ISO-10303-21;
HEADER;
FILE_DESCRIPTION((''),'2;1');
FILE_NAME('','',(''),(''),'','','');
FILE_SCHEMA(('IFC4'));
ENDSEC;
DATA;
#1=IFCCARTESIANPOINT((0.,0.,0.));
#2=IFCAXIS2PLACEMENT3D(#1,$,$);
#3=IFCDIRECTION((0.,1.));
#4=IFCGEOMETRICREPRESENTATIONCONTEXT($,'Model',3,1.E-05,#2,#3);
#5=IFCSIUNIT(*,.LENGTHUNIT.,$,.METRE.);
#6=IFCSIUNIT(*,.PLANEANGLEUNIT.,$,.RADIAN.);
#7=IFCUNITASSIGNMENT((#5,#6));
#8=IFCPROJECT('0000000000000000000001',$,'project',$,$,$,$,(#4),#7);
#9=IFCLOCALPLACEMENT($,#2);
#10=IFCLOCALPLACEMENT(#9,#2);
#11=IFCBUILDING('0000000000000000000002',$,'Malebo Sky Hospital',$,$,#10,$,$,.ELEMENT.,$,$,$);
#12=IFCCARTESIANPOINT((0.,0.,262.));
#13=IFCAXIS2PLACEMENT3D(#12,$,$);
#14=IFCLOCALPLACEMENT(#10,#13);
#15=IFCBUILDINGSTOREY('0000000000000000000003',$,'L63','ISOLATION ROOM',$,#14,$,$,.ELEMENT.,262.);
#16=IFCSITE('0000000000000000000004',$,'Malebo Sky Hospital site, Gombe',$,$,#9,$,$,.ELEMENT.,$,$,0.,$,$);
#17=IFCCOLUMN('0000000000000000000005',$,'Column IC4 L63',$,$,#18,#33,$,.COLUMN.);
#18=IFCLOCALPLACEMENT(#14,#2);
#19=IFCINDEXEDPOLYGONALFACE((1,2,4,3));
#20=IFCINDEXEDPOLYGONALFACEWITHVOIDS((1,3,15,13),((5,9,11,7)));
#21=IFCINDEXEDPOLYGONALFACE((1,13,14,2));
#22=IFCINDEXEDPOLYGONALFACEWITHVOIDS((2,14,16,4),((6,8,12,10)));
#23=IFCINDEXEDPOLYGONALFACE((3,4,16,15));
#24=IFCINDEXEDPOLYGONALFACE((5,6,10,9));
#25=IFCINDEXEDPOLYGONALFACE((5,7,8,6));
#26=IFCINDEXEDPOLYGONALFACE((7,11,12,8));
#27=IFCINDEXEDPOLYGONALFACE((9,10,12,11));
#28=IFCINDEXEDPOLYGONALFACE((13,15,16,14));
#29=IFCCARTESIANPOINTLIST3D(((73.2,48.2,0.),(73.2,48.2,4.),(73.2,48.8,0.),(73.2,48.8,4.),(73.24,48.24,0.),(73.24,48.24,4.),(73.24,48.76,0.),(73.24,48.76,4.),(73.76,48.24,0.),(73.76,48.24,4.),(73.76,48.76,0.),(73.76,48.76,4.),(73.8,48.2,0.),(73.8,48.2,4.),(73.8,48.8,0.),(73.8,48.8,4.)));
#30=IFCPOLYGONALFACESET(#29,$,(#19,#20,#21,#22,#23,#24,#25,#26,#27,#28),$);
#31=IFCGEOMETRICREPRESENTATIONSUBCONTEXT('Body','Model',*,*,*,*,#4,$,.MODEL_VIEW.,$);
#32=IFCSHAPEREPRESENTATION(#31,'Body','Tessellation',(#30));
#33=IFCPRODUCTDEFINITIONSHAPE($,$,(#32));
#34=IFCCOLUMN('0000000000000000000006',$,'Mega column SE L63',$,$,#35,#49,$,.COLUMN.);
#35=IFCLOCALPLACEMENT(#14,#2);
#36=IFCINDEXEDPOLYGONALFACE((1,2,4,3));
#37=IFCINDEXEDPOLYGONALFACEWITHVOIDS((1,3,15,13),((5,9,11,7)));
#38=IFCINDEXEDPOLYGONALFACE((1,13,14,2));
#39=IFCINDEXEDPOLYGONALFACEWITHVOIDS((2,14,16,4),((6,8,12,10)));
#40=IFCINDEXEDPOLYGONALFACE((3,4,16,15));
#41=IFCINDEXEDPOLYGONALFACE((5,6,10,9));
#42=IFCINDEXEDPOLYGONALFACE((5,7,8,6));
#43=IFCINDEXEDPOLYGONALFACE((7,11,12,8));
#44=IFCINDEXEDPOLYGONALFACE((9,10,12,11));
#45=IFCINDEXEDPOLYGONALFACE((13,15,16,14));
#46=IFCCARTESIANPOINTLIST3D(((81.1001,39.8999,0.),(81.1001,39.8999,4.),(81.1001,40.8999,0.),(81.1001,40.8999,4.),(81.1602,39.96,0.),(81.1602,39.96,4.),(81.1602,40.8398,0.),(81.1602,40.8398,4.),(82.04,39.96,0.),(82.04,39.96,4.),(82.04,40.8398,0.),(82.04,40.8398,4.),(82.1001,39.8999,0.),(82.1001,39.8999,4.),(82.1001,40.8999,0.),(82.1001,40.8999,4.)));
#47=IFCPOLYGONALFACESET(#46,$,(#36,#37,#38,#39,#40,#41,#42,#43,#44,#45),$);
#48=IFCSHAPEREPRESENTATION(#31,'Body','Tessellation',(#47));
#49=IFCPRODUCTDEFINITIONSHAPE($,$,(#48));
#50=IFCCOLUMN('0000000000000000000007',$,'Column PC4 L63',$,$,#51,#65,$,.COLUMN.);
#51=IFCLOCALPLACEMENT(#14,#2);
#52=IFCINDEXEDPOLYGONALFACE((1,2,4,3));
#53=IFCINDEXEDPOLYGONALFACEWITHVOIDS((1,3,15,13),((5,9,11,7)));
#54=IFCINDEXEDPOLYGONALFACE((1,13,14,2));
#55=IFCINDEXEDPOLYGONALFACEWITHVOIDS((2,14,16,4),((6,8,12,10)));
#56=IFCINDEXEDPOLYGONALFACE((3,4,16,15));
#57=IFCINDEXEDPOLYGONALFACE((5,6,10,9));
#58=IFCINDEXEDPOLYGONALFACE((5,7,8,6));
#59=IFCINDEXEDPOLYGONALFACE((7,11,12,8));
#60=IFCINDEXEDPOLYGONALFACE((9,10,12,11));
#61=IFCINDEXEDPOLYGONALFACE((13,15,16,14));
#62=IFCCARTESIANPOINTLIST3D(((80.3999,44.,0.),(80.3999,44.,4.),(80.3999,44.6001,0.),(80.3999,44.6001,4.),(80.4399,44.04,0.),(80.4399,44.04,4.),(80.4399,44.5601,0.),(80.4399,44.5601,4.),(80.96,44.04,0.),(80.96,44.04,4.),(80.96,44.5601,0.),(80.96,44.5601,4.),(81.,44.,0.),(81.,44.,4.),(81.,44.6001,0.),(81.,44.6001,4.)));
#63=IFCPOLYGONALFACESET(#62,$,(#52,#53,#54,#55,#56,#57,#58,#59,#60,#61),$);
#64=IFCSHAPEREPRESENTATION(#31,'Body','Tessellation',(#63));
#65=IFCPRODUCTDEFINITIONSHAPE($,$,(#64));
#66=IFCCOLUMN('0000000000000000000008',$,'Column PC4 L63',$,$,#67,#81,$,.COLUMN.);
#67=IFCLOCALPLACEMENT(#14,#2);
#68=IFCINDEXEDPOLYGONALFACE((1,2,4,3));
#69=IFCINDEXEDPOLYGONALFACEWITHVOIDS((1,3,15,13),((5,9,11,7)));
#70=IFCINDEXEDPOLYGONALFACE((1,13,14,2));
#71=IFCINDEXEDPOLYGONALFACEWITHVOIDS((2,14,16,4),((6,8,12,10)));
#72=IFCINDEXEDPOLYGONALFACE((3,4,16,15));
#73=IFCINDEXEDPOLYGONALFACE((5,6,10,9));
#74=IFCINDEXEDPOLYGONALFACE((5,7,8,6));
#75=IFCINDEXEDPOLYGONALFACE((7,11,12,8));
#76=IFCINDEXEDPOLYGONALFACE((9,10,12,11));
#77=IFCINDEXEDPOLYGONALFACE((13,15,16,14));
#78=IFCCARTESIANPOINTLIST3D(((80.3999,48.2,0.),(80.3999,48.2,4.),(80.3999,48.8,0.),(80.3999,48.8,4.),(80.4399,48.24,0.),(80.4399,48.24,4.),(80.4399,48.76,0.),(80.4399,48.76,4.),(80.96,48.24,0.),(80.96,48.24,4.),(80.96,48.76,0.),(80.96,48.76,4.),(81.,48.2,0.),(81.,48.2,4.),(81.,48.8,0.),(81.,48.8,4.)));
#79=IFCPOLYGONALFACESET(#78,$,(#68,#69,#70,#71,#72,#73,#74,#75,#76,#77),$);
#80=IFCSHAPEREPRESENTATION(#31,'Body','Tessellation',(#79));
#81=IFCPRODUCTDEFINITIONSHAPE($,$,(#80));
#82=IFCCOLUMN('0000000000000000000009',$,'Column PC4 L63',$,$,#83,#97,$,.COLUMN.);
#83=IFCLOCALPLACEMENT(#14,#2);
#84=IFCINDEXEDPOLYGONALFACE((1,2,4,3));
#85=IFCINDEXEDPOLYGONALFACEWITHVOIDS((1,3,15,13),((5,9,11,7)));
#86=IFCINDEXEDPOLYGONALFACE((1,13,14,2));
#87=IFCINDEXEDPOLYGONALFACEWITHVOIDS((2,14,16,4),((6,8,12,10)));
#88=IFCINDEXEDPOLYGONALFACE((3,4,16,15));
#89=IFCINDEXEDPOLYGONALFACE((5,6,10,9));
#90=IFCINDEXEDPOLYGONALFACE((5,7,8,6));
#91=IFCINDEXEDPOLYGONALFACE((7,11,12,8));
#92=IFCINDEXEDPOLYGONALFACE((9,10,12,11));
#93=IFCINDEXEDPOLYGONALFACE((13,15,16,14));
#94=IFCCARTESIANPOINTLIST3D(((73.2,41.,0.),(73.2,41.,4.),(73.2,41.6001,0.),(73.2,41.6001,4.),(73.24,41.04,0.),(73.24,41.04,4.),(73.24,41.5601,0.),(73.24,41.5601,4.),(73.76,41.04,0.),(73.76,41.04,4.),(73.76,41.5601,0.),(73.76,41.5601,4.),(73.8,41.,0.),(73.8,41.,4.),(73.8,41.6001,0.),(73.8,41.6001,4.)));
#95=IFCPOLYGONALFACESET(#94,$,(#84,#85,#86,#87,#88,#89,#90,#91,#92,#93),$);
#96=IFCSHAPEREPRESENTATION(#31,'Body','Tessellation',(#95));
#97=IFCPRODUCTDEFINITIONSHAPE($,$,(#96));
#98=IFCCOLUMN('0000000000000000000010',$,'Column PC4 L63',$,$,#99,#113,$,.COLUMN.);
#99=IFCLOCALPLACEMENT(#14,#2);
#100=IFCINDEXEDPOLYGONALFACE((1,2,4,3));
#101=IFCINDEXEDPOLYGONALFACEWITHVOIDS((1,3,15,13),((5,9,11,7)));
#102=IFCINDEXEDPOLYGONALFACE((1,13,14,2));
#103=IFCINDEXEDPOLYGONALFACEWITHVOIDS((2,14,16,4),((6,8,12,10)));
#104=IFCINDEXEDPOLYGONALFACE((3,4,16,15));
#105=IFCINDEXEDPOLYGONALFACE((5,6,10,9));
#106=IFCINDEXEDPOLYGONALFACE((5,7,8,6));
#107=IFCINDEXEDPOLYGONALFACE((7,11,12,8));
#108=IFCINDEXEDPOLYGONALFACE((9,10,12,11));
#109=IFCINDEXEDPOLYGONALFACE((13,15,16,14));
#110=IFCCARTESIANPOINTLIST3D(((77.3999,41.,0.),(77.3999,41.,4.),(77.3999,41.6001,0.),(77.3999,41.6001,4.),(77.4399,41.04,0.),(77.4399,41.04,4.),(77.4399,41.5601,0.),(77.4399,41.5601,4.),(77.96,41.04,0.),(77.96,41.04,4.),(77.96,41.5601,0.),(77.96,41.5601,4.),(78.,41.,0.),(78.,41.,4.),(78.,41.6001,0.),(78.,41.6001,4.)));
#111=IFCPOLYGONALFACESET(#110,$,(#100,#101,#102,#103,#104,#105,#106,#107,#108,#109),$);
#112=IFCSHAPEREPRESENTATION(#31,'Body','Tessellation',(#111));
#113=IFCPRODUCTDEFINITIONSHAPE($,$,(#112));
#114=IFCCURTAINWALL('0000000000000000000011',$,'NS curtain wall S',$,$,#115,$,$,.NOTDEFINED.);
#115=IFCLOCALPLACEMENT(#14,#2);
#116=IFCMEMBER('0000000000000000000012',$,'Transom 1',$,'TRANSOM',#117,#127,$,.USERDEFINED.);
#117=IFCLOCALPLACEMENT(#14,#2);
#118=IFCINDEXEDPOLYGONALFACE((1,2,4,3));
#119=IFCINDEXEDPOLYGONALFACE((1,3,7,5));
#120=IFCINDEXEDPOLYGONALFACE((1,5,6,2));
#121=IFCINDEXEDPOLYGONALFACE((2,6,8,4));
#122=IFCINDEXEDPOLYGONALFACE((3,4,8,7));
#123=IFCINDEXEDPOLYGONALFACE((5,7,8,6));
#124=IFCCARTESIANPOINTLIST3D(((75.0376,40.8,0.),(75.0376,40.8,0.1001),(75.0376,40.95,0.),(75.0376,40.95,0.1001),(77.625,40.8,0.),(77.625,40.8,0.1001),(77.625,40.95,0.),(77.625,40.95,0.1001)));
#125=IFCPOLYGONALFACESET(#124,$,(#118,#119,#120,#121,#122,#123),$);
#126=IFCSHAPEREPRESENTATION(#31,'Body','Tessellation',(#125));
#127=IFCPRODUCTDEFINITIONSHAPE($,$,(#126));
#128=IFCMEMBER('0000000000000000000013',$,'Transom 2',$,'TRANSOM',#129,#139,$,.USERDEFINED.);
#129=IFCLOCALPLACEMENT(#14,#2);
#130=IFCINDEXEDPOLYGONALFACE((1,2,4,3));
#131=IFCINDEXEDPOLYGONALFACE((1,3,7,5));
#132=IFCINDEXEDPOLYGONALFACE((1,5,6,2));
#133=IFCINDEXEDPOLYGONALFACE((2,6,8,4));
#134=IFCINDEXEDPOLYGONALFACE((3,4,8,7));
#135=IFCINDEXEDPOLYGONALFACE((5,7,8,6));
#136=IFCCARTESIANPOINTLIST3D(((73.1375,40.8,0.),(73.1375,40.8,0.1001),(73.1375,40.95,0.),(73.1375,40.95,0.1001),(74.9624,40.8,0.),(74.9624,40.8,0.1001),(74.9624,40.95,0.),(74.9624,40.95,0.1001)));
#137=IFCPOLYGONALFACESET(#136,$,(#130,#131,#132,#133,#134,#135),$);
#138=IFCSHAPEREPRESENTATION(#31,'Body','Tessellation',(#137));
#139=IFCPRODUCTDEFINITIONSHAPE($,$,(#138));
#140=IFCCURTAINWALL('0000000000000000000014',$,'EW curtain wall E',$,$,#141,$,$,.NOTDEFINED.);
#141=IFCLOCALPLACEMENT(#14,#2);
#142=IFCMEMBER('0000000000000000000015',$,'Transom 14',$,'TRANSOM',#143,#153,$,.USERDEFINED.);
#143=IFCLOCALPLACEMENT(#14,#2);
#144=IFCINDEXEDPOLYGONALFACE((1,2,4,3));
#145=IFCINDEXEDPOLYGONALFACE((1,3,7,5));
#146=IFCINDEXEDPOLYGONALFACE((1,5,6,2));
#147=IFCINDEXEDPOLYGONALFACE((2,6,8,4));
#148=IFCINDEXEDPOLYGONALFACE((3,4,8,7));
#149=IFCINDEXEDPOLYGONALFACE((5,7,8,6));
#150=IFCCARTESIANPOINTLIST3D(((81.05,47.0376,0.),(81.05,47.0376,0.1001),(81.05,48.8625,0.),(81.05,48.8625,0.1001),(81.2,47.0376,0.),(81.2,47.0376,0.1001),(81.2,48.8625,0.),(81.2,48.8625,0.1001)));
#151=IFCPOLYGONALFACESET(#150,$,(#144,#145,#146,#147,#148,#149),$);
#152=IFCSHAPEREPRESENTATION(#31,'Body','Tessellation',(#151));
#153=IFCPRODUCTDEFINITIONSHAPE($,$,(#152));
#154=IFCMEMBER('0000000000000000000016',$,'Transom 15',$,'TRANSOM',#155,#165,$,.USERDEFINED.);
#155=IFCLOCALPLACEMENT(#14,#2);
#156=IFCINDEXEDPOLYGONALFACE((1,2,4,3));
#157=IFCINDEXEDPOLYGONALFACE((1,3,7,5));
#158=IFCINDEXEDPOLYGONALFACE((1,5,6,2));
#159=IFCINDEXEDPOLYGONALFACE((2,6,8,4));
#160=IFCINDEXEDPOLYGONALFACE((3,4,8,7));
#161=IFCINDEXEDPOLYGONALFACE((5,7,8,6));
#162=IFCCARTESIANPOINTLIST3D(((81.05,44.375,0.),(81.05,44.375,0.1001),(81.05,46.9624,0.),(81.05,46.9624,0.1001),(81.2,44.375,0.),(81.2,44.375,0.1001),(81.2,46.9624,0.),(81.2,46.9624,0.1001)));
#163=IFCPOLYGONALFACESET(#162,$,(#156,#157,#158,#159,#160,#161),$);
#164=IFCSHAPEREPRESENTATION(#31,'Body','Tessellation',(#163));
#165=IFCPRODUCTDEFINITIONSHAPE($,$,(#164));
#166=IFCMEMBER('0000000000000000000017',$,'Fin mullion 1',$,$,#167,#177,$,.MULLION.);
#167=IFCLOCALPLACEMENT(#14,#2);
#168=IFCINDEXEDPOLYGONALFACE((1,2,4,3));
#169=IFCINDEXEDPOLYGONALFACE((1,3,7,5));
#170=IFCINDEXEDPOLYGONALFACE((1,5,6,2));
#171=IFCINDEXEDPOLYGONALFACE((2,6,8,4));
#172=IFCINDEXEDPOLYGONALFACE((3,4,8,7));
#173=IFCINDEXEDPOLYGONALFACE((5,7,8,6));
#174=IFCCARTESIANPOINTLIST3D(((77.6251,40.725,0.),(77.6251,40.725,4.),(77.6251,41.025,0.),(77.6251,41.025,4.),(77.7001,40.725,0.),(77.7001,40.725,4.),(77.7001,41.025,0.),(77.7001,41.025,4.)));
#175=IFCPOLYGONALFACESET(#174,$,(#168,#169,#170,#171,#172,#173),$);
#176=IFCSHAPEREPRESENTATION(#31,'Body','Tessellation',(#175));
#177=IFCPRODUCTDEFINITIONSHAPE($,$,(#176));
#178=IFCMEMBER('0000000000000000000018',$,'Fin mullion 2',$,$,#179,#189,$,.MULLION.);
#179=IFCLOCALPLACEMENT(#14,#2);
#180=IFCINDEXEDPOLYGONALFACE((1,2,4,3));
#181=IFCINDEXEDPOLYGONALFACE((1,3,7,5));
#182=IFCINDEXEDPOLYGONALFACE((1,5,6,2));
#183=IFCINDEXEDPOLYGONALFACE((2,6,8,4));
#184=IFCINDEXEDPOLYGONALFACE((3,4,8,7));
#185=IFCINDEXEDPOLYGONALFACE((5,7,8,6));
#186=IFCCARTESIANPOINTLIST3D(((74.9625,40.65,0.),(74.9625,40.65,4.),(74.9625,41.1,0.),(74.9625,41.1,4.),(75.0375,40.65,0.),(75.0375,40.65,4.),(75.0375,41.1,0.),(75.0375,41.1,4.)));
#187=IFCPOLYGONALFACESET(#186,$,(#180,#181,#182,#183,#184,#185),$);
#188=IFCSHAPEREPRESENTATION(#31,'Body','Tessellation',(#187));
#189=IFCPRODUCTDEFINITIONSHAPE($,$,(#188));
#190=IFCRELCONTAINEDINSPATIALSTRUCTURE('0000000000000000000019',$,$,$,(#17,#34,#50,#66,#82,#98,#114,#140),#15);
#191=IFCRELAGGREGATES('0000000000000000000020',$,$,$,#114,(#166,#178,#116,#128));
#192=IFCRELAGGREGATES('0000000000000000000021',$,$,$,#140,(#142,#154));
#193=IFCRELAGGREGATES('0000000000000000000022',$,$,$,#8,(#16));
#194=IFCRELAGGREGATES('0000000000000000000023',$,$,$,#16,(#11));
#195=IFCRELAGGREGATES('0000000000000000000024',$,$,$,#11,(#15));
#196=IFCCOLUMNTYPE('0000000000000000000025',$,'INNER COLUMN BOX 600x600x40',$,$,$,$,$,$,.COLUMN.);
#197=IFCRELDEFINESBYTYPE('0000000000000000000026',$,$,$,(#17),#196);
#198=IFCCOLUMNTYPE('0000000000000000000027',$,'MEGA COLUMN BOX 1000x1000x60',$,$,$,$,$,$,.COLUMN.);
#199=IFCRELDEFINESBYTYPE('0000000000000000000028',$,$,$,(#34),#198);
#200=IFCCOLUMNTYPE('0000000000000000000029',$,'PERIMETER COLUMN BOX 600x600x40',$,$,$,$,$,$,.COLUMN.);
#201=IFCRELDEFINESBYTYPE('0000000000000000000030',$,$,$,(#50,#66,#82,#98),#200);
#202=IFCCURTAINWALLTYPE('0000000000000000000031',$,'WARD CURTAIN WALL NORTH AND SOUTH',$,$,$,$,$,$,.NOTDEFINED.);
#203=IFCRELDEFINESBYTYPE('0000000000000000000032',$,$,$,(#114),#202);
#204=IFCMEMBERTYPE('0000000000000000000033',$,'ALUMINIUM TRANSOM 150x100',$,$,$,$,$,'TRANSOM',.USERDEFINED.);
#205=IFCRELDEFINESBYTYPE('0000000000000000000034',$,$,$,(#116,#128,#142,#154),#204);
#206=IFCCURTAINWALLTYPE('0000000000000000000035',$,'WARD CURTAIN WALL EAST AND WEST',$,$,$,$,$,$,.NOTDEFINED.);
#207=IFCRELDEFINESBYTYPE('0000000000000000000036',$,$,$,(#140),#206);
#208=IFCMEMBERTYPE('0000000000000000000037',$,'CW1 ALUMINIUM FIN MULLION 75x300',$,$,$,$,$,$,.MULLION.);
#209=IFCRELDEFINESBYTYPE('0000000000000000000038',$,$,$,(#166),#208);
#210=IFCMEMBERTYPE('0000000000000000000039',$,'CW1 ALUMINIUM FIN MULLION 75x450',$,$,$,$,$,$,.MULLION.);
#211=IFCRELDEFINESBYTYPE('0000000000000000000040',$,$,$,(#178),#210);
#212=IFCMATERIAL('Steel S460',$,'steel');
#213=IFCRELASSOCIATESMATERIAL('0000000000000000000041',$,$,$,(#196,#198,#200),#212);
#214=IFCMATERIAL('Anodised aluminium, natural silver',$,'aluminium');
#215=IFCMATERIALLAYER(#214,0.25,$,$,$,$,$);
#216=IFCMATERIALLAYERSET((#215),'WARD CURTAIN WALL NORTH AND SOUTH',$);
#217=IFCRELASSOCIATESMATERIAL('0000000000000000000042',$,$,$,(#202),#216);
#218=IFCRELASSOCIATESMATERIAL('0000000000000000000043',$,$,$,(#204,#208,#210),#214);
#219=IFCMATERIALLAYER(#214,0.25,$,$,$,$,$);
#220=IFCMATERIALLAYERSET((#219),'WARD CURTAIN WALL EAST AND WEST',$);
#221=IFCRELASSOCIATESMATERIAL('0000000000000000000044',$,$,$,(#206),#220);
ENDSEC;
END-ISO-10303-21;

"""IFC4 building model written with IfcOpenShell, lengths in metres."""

from ifc_helpers import new_model, si_unit, direction, frame, origin, origin_2d, place, context, subcontext, project, spatial, rectangle, hollow_rectangle, extrude, material, layer, layer_set, material_profile, profile_set, type_object, element, aggregate, save


model = new_model("IFC4")

# Units and contexts
model_context = context("Model", 3, precision=1e-05, world=origin(), true_north=direction((0.0, 1.0)))
body_context = subcontext(model_context, "Body", "Model", "MODEL_VIEW")
ifc_project = project(units=[si_unit("LENGTHUNIT", "METRE"), si_unit("PLANEANGLEUNIT", "RADIAN")], contexts=[model_context])

# Site, building, storey
site_placement = place(None, origin())
site = spatial("IfcSite", under=ifc_project, at=site_placement, Name="Malebo Sky Hospital site, Gombe", CompositionType="ELEMENT", RefElevation=0.0)
building_placement = place(site_placement, origin())
building = spatial("IfcBuilding", under=site, at=building_placement, Name="Malebo Sky Hospital", CompositionType="ELEMENT")
storey_placement = place(building_placement, frame((0.0, 0.0, 262.0)))
storey = spatial("IfcBuildingStorey", under=building, at=storey_placement, Name="L63", Description="ISOLATION ROOM", CompositionType="ELEMENT", Elevation=262.0)

# Columns
ifc_material_1 = material(Name="Steel S460", Category="steel")
ifc_material_profile_1 = material_profile(ifc_material_1, hollow_rectangle(XDim=0.6001, YDim=0.6001, WallThickness=0.04, at=origin_2d()), Name="BOX 600x600x40")
ifc_profile_set_1 = profile_set([ifc_material_profile_1], Name="Steel S460")
column_type_1 = type_object("IfcColumnType", Name="INNER COLUMN BOX 600x600x40", PredefinedType="COLUMN", material=ifc_profile_set_1)
column_1_placement = place(storey_placement, frame((73.5, 48.5, 0.0), z_axis=(0.0, 0.0, 1.0), x_axis=(1.0, 0.0, 0.0)))
element("IfcColumn", 1, at=column_1_placement, inside=storey, type_object=column_type_1, Name="Column IC4 L63", PredefinedType="COLUMN", context=body_context, shape_type="SweptSolid", body=[
    extrude(hollow_rectangle(XDim=0.6001, YDim=0.6001, WallThickness=0.04, at=origin_2d()), origin(), (0.0, 0.0, 1.0), 4.0),
])
ifc_material_profile_2 = material_profile(ifc_material_1, hollow_rectangle(XDim=1.0, YDim=1.0, WallThickness=0.0601, at=origin_2d()), Name="BOX 1000x1000x60")
ifc_profile_set_2 = profile_set([ifc_material_profile_2], Name="Steel S460")
column_type_2 = type_object("IfcColumnType", Name="MEGA COLUMN BOX 1000x1000x60", PredefinedType="COLUMN", material=ifc_profile_set_2)
column_2_placement = place(storey_placement, frame((81.6001, 40.3999, 0.0), z_axis=(0.0, 0.0, 1.0), x_axis=(1.0, 0.0, 0.0)))
element("IfcColumn", 2, at=column_2_placement, inside=storey, type_object=column_type_2, Name="Mega column SE L63", PredefinedType="COLUMN", context=body_context, shape_type="SweptSolid", body=[
    extrude(hollow_rectangle(XDim=1.0, YDim=1.0, WallThickness=0.0601, at=origin_2d()), origin(), (0.0, 0.0, 1.0), 4.0),
])
ifc_material_profile_3 = material_profile(ifc_material_1, hollow_rectangle(XDim=0.6001, YDim=0.6001, WallThickness=0.04, at=origin_2d()), Name="BOX 600x600x40")
ifc_profile_set_3 = profile_set([ifc_material_profile_3], Name="Steel S460")
column_type_3 = type_object("IfcColumnType", Name="PERIMETER COLUMN BOX 600x600x40", PredefinedType="COLUMN", material=ifc_profile_set_3)
for number, where, z_axis, x_axis, name in (
    (3, (80.7, 44.3, 0.0), (0.0, 0.0, 1.0), (1.0, 0.0, 0.0), "Column PC4 L63"),
    (4, (80.7, 48.5, 0.0), (0.0, 0.0, 1.0), (1.0, 0.0, 0.0), "Column PC4 L63"),
    (5, (73.5, 41.3, 0.0), (0.0, 0.0, 1.0), (1.0, 0.0, 0.0), "Column PC4 L63"),
    (6, (77.7, 41.3, 0.0), (0.0, 0.0, 1.0), (1.0, 0.0, 0.0), "Column PC4 L63"),
):
    element("IfcColumn", number, at=place(storey_placement, frame(where, z_axis=z_axis, x_axis=x_axis)), inside=storey, type_object=column_type_3, Name=name, PredefinedType="COLUMN", context=body_context, shape_type="SweptSolid", body=[
        extrude(hollow_rectangle(XDim=0.6001, YDim=0.6001, WallThickness=0.04, at=origin_2d()), origin(), (0.0, 0.0, 1.0), 4.0),
    ])

# Curtain walls, members
ifc_material_2 = material(Name="Anodised aluminium, natural silver", Category="aluminium")
ifc_layer_1 = layer(ifc_material_2, 0.25)
ifc_layer_set_1 = layer_set([ifc_layer_1], Name="WARD CURTAIN WALL NORTH AND SOUTH")
curtain_wall_type_1 = type_object("IfcCurtainWallType", Name="WARD CURTAIN WALL NORTH AND SOUTH", PredefinedType="NOTDEFINED", material=ifc_layer_set_1)
curtain_wall_1_placement = place(storey_placement, origin())
curtain_wall_1 = element("IfcCurtainWall", 7, at=curtain_wall_1_placement, inside=storey, type_object=curtain_wall_type_1, Name="NS curtain wall S", PredefinedType="NOTDEFINED")
ifc_material_profile_4 = material_profile(ifc_material_2, rectangle(XDim=0.1499, YDim=0.1001, at=origin_2d()), Name="ALUMINIUM TRANSOM 150x100")
ifc_profile_set_4 = profile_set([ifc_material_profile_4], Name="Anodised aluminium, natural silver")
member_type_1 = type_object("IfcMemberType", Name="ALUMINIUM TRANSOM 150x100", ElementType="TRANSOM", PredefinedType="USERDEFINED", material=ifc_profile_set_4)
member_1_placement = place(storey_placement, frame((77.625, 40.875, 0.05), z_axis=(-1.0, 0.0, 0.0), x_axis=(0.0, -1.0, 0.0)))
member_1 = element("IfcMember", 8, at=member_1_placement, type_object=member_type_1, Name="Transom 1", ObjectType="TRANSOM", PredefinedType="USERDEFINED", context=body_context, shape_type="SweptSolid", body=[
    extrude(rectangle(XDim=0.1499, YDim=0.1001, at=origin_2d()), origin(), (0.0, 0.0, 1.0), 2.5874),
])
member_2_placement = place(storey_placement, frame((74.9624, 40.875, 0.05), z_axis=(-1.0, 0.0, 0.0), x_axis=(0.0, -1.0, 0.0)))
member_2 = element("IfcMember", 9, at=member_2_placement, type_object=member_type_1, Name="Transom 2", ObjectType="TRANSOM", PredefinedType="USERDEFINED", context=body_context, shape_type="SweptSolid", body=[
    extrude(rectangle(XDim=0.1499, YDim=0.1001, at=origin_2d()), origin(), (0.0, 0.0, 1.0), 1.825),
])
ifc_layer_2 = layer(ifc_material_2, 0.25)
ifc_layer_set_2 = layer_set([ifc_layer_2], Name="WARD CURTAIN WALL EAST AND WEST")
curtain_wall_type_2 = type_object("IfcCurtainWallType", Name="WARD CURTAIN WALL EAST AND WEST", PredefinedType="NOTDEFINED", material=ifc_layer_set_2)
curtain_wall_2_placement = place(storey_placement, origin())
curtain_wall_2 = element("IfcCurtainWall", 10, at=curtain_wall_2_placement, inside=storey, type_object=curtain_wall_type_2, Name="EW curtain wall E", PredefinedType="NOTDEFINED")
member_3_placement = place(storey_placement, frame((81.125, 48.8625, 0.05), z_axis=(0.0, -1.0, 0.0), x_axis=(1.0, 0.0, 0.0)))
member_3 = element("IfcMember", 11, at=member_3_placement, type_object=member_type_1, Name="Transom 14", ObjectType="TRANSOM", PredefinedType="USERDEFINED", context=body_context, shape_type="SweptSolid", body=[
    extrude(rectangle(XDim=0.1499, YDim=0.1001, at=origin_2d()), origin(), (0.0, 0.0, 1.0), 1.825),
])
member_4_placement = place(storey_placement, frame((81.125, 46.9624, 0.05), z_axis=(0.0, -1.0, 0.0), x_axis=(1.0, 0.0, 0.0)))
member_4 = element("IfcMember", 12, at=member_4_placement, type_object=member_type_1, Name="Transom 15", ObjectType="TRANSOM", PredefinedType="USERDEFINED", context=body_context, shape_type="SweptSolid", body=[
    extrude(rectangle(XDim=0.1499, YDim=0.1001, at=origin_2d()), origin(), (0.0, 0.0, 1.0), 2.5874),
])

# Members
ifc_material_profile_5 = material_profile(ifc_material_2, rectangle(XDim=0.075, YDim=0.3, at=origin_2d()), Name="CW1 ALUMINIUM FIN MULLION 75x300")
ifc_profile_set_5 = profile_set([ifc_material_profile_5], Name="Anodised aluminium, natural silver")
member_type_2 = type_object("IfcMemberType", Name="CW1 ALUMINIUM FIN MULLION 75x300", PredefinedType="MULLION", material=ifc_profile_set_5)
member_5_placement = place(storey_placement, frame((77.6626, 40.875, 0.0), z_axis=(0.0, 0.0, 1.0), x_axis=(-1.0, 0.0, 0.0)))
member_5 = element("IfcMember", 13, at=member_5_placement, type_object=member_type_2, Name="Fin mullion 1", PredefinedType="MULLION", context=body_context, shape_type="SweptSolid", body=[
    extrude(rectangle(XDim=0.075, YDim=0.3, at=origin_2d()), origin(), (0.0, 0.0, 1.0), 4.0),
])
ifc_material_profile_6 = material_profile(ifc_material_2, rectangle(XDim=0.075, YDim=0.45, at=origin_2d()), Name="CW1 ALUMINIUM FIN MULLION 75x450")
ifc_profile_set_6 = profile_set([ifc_material_profile_6], Name="Anodised aluminium, natural silver")
member_type_3 = type_object("IfcMemberType", Name="CW1 ALUMINIUM FIN MULLION 75x450", PredefinedType="MULLION", material=ifc_profile_set_6)
member_6_placement = place(storey_placement, frame((75.0, 40.875, 0.0), z_axis=(0.0, 0.0, 1.0), x_axis=(-1.0, 0.0, 0.0)))
member_6 = element("IfcMember", 14, at=member_6_placement, type_object=member_type_3, Name="Fin mullion 2", PredefinedType="MULLION", context=body_context, shape_type="SweptSolid", body=[
    extrude(rectangle(XDim=0.075, YDim=0.45, at=origin_2d()), origin(), (0.0, 0.0, 1.0), 4.0),
])

aggregate(curtain_wall_1, [member_5, member_6, member_1, member_2])
aggregate(curtain_wall_2, [member_3, member_4])

save(model, "model.ifc")
